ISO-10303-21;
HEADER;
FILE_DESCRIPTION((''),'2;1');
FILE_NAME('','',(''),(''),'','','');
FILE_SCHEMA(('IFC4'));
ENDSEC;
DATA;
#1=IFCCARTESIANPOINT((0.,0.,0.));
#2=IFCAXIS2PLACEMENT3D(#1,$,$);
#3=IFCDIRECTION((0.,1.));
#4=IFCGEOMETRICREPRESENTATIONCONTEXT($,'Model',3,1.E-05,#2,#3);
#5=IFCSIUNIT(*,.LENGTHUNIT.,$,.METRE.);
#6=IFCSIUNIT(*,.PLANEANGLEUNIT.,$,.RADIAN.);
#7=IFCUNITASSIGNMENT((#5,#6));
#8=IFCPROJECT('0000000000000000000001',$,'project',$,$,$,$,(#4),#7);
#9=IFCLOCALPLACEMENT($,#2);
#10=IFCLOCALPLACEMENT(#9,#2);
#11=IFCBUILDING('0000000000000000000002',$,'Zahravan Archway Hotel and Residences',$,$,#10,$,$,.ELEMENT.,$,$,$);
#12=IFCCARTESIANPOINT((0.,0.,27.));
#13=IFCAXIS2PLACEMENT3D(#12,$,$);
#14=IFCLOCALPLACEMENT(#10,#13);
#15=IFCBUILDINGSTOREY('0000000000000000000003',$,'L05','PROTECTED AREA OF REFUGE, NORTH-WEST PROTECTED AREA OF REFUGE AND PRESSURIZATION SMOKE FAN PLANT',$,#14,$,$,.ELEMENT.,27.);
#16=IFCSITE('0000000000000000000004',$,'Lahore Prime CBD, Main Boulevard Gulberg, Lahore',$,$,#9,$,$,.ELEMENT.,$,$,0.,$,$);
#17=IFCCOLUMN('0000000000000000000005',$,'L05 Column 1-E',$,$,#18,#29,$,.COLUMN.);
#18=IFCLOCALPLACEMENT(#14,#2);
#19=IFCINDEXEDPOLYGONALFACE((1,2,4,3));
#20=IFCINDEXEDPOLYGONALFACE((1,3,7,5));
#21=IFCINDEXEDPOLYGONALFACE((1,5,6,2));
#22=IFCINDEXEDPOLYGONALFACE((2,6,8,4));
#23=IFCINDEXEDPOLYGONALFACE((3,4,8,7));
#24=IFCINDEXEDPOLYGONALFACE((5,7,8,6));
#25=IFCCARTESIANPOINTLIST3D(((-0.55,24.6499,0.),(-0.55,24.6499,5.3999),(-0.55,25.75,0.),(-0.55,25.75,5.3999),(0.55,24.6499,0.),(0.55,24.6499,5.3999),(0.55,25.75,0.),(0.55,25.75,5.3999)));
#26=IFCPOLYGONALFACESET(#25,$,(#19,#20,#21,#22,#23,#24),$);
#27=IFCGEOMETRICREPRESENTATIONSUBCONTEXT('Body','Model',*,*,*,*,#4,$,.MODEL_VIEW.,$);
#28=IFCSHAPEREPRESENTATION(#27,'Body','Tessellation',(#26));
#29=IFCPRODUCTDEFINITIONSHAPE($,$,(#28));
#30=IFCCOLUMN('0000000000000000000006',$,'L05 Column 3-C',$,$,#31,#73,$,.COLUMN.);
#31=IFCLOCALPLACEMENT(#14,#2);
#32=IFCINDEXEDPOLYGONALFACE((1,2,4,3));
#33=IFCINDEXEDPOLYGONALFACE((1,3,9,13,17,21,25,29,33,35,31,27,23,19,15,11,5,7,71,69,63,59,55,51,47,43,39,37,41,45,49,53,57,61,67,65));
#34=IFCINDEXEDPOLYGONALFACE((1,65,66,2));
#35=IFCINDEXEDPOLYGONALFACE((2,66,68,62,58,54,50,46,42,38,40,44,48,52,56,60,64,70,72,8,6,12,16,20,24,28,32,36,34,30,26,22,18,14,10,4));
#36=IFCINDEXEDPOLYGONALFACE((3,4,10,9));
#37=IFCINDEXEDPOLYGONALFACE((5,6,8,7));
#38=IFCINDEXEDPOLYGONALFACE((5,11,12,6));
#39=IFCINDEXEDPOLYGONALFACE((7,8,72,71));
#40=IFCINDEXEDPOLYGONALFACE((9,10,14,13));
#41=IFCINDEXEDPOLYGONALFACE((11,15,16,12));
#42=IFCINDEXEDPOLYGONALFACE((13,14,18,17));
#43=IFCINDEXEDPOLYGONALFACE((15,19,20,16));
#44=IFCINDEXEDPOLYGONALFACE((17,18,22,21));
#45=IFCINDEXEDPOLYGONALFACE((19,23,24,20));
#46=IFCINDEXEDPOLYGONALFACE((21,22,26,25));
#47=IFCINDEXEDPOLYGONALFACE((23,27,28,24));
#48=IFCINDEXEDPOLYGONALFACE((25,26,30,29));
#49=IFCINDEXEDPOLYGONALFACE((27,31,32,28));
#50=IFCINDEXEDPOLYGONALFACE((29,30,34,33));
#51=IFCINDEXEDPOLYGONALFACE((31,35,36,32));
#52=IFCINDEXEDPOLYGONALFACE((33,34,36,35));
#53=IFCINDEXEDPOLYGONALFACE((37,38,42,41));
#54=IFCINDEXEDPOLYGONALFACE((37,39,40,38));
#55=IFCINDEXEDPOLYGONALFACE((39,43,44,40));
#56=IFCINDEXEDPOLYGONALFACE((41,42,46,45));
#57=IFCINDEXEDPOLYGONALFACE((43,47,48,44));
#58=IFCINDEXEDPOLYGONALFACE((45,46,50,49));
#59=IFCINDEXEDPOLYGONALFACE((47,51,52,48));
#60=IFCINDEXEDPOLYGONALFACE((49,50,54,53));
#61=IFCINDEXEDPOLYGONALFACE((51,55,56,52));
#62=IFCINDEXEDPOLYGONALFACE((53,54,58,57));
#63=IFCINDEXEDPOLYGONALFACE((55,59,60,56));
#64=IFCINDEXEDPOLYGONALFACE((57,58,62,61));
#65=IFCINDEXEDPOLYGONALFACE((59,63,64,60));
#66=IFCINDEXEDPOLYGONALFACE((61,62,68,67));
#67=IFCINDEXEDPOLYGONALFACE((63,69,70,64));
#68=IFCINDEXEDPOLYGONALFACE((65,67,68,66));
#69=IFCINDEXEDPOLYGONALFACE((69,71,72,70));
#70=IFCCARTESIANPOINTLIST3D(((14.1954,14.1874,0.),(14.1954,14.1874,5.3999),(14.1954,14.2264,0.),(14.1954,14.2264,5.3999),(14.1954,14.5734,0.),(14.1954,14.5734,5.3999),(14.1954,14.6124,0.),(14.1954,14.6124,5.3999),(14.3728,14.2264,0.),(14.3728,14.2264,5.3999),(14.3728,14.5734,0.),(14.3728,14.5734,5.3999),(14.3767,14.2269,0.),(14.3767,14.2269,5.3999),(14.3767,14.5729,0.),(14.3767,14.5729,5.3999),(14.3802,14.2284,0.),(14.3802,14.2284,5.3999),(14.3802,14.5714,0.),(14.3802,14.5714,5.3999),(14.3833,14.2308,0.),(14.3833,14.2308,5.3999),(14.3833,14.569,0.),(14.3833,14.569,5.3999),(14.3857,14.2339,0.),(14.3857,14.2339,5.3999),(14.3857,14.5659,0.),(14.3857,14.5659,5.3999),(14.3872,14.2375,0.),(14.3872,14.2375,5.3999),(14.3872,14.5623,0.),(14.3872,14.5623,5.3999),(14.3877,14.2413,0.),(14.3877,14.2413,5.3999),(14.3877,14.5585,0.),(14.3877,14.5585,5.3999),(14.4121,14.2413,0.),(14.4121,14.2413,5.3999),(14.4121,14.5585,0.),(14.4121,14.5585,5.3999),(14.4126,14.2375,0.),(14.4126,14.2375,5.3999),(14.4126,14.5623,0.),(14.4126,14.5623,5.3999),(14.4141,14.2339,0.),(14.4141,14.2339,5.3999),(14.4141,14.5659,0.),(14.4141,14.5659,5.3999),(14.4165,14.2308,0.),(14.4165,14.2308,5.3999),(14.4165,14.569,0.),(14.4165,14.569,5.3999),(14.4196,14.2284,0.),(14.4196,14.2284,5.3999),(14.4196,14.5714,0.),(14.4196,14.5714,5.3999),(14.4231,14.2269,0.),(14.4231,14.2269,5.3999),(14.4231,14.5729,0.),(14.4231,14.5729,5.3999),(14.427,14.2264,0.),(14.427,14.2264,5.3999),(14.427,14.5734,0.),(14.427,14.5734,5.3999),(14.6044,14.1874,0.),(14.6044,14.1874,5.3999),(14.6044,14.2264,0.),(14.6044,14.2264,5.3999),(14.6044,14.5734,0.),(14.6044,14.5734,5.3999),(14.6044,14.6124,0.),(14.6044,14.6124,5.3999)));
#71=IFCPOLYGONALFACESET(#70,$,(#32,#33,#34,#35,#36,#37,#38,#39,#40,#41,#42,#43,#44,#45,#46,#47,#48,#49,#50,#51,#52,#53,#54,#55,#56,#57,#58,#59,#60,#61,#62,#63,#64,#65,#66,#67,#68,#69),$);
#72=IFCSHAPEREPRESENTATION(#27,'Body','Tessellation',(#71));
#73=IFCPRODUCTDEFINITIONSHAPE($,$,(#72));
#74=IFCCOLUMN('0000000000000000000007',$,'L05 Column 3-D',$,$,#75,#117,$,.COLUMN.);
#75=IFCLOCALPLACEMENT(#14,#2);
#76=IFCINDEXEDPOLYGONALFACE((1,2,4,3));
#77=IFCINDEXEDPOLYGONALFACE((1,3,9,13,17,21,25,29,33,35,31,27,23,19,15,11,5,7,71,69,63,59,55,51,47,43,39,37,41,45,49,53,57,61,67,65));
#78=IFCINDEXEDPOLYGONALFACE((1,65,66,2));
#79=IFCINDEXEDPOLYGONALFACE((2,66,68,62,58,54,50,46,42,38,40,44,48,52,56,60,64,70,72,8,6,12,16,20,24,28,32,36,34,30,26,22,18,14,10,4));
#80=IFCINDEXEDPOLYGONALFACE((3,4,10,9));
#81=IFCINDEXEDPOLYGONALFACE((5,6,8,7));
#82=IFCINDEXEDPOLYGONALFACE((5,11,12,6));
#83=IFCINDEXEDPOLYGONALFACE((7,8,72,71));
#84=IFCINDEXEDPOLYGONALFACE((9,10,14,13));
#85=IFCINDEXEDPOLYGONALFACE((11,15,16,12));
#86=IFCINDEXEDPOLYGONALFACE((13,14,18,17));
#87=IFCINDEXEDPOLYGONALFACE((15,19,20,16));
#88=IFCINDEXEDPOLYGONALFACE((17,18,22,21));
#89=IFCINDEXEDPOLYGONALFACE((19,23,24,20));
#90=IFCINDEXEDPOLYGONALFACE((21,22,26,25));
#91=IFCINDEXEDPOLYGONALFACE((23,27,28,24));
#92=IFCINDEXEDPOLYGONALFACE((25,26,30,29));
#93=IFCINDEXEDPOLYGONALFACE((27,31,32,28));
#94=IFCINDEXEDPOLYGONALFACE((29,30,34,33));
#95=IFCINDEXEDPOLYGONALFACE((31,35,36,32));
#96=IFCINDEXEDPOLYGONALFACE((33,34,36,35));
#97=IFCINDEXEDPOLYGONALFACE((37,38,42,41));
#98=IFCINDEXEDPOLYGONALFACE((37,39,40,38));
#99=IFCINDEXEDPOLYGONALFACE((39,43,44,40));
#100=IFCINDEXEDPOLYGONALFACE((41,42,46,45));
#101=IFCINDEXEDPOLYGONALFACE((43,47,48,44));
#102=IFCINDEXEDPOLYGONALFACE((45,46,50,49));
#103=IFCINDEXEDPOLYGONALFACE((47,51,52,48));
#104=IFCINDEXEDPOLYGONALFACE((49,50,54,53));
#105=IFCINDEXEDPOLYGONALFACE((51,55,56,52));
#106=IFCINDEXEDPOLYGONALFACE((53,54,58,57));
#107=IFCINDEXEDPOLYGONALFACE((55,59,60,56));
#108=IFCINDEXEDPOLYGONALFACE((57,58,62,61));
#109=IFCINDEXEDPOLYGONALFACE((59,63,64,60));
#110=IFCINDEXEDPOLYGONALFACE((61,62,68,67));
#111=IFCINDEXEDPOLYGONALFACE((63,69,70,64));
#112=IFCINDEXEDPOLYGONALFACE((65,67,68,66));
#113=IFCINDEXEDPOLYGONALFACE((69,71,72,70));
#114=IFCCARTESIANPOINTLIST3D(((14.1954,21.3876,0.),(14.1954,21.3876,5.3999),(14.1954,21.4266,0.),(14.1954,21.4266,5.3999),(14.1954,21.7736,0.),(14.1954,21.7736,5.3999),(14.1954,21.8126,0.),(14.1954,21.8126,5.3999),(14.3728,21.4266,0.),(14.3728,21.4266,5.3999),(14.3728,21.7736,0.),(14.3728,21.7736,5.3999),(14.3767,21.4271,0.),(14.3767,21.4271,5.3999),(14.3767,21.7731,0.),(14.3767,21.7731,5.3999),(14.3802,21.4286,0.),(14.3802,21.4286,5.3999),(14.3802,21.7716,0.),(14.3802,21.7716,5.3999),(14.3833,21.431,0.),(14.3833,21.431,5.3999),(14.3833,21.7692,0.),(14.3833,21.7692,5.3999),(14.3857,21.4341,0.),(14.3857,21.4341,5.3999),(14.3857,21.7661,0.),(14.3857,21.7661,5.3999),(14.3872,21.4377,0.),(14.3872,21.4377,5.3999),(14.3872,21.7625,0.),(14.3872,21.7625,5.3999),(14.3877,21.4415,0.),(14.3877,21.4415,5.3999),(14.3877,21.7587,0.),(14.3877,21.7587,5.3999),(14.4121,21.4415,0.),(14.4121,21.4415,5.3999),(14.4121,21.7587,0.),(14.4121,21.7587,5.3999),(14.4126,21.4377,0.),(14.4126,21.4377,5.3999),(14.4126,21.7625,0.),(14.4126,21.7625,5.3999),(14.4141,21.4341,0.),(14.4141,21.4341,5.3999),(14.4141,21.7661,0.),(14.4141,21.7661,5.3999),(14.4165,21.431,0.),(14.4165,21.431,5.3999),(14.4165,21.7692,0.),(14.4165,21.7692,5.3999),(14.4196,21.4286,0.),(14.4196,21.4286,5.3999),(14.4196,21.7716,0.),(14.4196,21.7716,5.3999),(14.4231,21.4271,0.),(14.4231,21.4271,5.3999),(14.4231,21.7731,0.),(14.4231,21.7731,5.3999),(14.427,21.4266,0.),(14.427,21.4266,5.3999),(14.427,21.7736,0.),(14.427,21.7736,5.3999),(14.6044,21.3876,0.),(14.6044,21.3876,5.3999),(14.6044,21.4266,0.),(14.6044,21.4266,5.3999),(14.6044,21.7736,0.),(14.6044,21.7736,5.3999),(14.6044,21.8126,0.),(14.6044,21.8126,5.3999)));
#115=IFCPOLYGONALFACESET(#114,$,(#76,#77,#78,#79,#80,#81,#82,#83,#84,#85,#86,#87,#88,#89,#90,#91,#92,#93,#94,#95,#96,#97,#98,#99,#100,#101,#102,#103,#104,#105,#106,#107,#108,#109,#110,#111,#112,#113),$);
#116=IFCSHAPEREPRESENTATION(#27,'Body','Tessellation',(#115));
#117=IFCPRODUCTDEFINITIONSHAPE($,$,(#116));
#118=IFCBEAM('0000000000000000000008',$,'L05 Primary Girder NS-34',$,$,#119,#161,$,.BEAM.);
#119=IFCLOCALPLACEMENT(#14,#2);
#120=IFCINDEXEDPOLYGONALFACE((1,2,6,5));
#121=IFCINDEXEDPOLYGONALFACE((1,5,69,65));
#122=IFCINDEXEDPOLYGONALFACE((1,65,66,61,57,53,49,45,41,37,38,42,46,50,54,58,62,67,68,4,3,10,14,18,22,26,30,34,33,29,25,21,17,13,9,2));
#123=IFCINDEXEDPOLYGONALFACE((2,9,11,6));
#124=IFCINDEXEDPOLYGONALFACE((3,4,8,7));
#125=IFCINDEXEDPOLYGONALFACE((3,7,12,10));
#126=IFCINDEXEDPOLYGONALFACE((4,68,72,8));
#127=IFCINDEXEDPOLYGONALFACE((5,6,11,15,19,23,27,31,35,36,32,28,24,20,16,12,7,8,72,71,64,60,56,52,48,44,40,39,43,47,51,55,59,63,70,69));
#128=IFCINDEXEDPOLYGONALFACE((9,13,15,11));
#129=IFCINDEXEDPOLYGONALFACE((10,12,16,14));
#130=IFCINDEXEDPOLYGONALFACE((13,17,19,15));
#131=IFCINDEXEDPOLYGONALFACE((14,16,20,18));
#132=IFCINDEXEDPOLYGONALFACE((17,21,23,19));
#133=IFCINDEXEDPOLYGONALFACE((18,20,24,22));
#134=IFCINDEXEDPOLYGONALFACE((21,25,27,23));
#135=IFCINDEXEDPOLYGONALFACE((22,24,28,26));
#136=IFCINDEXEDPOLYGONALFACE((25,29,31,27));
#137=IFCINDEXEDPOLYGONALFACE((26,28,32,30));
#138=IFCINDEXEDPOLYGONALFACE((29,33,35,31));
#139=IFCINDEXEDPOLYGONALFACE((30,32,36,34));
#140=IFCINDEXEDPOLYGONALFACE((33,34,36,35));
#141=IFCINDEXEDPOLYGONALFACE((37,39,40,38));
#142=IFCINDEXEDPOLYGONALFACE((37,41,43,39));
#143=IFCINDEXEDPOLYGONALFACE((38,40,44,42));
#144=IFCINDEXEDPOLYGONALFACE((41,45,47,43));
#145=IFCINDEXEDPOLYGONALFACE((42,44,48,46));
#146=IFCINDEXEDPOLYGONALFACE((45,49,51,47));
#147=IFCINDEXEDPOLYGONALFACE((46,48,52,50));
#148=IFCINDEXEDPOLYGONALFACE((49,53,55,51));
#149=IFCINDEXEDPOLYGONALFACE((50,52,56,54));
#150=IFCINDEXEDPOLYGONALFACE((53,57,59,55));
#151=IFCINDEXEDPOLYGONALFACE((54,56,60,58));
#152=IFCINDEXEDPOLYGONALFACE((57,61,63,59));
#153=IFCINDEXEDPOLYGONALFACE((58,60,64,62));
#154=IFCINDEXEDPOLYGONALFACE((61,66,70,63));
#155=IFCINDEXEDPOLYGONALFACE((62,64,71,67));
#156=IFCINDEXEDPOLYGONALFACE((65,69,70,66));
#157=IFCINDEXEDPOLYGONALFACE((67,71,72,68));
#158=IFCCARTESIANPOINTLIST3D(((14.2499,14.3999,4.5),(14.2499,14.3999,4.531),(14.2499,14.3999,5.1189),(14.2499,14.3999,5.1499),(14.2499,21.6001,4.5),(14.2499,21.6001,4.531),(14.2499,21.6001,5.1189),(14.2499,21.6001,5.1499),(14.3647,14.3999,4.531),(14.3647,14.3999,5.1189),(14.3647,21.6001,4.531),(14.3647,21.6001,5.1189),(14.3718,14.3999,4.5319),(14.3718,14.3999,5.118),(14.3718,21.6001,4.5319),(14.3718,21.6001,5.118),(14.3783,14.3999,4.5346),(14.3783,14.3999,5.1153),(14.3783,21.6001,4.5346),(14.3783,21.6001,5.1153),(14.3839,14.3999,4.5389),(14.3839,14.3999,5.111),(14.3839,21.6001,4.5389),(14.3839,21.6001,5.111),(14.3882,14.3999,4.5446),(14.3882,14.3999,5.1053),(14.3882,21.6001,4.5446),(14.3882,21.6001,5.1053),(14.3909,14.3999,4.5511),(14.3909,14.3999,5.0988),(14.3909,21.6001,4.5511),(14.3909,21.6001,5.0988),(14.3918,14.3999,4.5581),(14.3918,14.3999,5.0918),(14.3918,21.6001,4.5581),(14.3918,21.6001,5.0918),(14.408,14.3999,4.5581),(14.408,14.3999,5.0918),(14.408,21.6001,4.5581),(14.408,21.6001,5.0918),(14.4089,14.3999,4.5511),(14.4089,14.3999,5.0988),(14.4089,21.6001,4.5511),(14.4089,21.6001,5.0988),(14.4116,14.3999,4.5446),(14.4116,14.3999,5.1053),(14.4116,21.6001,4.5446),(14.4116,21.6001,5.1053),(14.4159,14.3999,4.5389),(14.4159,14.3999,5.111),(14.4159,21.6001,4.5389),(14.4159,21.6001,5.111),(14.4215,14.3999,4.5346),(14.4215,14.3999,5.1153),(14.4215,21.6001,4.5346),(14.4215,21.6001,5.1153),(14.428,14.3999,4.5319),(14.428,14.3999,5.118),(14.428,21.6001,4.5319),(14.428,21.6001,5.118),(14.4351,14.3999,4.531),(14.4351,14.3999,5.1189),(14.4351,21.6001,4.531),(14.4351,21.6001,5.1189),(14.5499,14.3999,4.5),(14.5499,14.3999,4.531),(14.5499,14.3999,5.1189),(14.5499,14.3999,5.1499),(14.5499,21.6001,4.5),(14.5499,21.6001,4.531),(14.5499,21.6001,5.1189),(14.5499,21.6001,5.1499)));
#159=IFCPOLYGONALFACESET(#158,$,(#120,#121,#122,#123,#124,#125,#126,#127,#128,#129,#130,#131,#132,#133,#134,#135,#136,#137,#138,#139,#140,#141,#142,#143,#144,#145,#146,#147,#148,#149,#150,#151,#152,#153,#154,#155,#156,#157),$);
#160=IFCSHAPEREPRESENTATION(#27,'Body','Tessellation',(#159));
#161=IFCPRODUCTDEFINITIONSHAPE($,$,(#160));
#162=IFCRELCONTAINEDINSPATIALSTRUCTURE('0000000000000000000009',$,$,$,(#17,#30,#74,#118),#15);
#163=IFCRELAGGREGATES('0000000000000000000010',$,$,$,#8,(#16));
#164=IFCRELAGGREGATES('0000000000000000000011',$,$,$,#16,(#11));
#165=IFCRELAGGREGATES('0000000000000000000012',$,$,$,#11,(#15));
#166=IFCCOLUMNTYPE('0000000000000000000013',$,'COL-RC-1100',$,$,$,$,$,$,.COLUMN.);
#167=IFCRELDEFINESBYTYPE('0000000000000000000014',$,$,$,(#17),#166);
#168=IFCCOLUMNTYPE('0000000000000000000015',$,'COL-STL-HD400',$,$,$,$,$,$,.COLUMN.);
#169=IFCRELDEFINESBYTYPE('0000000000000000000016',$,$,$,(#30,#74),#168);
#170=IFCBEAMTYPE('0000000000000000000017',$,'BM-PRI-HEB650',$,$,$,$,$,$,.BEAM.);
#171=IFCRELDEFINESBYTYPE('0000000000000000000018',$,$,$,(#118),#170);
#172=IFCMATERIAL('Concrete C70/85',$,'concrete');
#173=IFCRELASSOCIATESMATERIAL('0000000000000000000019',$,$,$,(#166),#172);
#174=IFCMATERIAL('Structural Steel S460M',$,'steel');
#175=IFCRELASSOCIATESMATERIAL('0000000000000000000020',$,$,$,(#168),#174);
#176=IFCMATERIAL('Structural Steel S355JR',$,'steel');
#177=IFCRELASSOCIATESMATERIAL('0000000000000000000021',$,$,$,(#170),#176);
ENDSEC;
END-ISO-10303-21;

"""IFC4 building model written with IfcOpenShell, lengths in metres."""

from ifc_helpers import new_model, si_unit, direction, frame, origin, origin_2d, place, context, subcontext, project, spatial, rectangle, i_section, extrude, source, transform, mapped, material, material_profile, profile_set, type_object, type_shapes, element, save


model = new_model("IFC4")

# Units and contexts
model_context = context("Model", 3, precision=1e-05, world=origin(), true_north=direction((0.0, 1.0)))
body_context = subcontext(model_context, "Body", "Model", "MODEL_VIEW")
ifc_project = project(units=[si_unit("LENGTHUNIT", "METRE"), si_unit("PLANEANGLEUNIT", "RADIAN")], contexts=[model_context])

# Site, building, storey
site_placement = place(None, origin())
site = spatial("IfcSite", under=ifc_project, at=site_placement, Name="Lahore Prime CBD, Main Boulevard Gulberg, Lahore", CompositionType="ELEMENT", RefElevation=0.0)
building_placement = place(site_placement, origin())
building = spatial("IfcBuilding", under=site, at=building_placement, Name="Zahravan Archway Hotel and Residences", CompositionType="ELEMENT")
storey_placement = place(building_placement, frame((0.0, 0.0, 27.0)))
storey = spatial("IfcBuildingStorey", under=building, at=storey_placement, Name="L05", Description="PROTECTED AREA OF REFUGE, NORTH-WEST PROTECTED AREA OF REFUGE AND PRESSURIZATION SMOKE FAN PLANT", CompositionType="ELEMENT", Elevation=27.0)

# Columns
ifc_material_1 = material(Name="Concrete C70/85", Category="concrete")
ifc_material_profile_1 = material_profile(ifc_material_1, rectangle(XDim=1.1001, YDim=1.1001, at=origin_2d()), Name="RC 1100x1100", Category="concrete")
ifc_profile_set_1 = profile_set([ifc_material_profile_1], Name="Concrete C70/85")
column_type_1 = type_object("IfcColumnType", Name="COL-RC-1100", PredefinedType="COLUMN", material=ifc_profile_set_1)
shared_shape_1 = source(origin(), body_context, "Body", "SweptSolid", [
    extrude(rectangle(XDim=1.1001, YDim=1.1001, at=origin_2d()), origin(), (0.0, 0.0, 1.0), 5.3999),
])
column_placement = place(storey_placement, frame((0.0, 25.2, 0.0), z_axis=(0.0, 0.0, 1.0), x_axis=(1.0, 0.0, 0.0)))
element("IfcColumn", 1, at=column_placement, inside=storey, type_object=column_type_1, Name="L05 Column 1-E", PredefinedType="COLUMN", context=body_context, shape_type="MappedRepresentation", body=[
    mapped(shared_shape_1, transform((0.0, 0.0, 0.0), scale=1.0)),
])
ifc_material_2 = material(Name="Structural Steel S460M", Category="steel")
ifc_material_profile_2 = material_profile(ifc_material_2, i_section(OverallWidth=0.4089, OverallDepth=0.425, WebThickness=0.0244, FlangeThickness=0.0391, FilletRadius=0.0149, at=origin_2d()), Name="HD 400x421", Category="steel")
ifc_profile_set_2 = profile_set([ifc_material_profile_2], Name="Structural Steel S460M")
column_type_2 = type_object("IfcColumnType", Name="COL-STL-HD400", PredefinedType="COLUMN", material=ifc_profile_set_2)
shared_shape_2 = source(origin(), body_context, "Body", "SweptSolid", [
    extrude(i_section(OverallWidth=0.4089, OverallDepth=0.425, WebThickness=0.0244, FlangeThickness=0.0391, FilletRadius=0.0149, at=origin_2d()), origin(), (0.0, 0.0, 1.0), 5.3999),
])
type_shapes(column_type_2, [shared_shape_2])
for number, where, z_axis, x_axis, name in (
    (2, (14.3999, 14.3999, 0.0), (0.0, 0.0, 1.0), (1.0, 0.0, 0.0), "L05 Column 3-C"),
    (3, (14.3999, 21.6001, 0.0), (0.0, 0.0, 1.0), (1.0, 0.0, 0.0), "L05 Column 3-D"),
):
    element("IfcColumn", number, at=place(storey_placement, frame(where, z_axis=z_axis, x_axis=x_axis)), inside=storey, type_object=column_type_2, Name=name, PredefinedType="COLUMN", context=body_context, shape_type="MappedRepresentation", body=[
        mapped(shared_shape_2, transform((0.0, 0.0, 0.0), scale=1.0)),
    ])

# Beam
ifc_material_3 = material(Name="Structural Steel S355JR", Category="steel")
ifc_material_profile_3 = material_profile(ifc_material_3, i_section(OverallWidth=0.3, OverallDepth=0.6499, WebThickness=0.0161, FlangeThickness=0.031, FilletRadius=0.0271, at=origin_2d()), Name="HEB 650", Category="steel")
ifc_profile_set_3 = profile_set([ifc_material_profile_3], Name="Structural Steel S355JR")
beam_type = type_object("IfcBeamType", Name="BM-PRI-HEB650", PredefinedType="BEAM", material=ifc_profile_set_3)
shared_shape_3 = source(origin(), body_context, "Body", "SweptSolid", [
    extrude(i_section(OverallWidth=0.3, OverallDepth=0.6499, WebThickness=0.0161, FlangeThickness=0.031, FilletRadius=0.0271, at=origin_2d()), origin(), (0.0, 0.0, 1.0), 7.2002),
])
type_shapes(beam_type, [shared_shape_3])
beam_1_placement = place(storey_placement, frame((14.3999, 14.3999, 4.825), z_axis=(0.0, 1.0, 0.0), x_axis=(-1.0, 0.0, 0.0)))
element("IfcBeam", 4, at=beam_1_placement, inside=storey, type_object=beam_type, Name="L05 Primary Girder NS-34", PredefinedType="BEAM", context=body_context, shape_type="MappedRepresentation", body=[
    mapped(shared_shape_3, transform((0.0, 0.0, 0.0), scale=1.0)),
])

save(model, "model.ifc")
